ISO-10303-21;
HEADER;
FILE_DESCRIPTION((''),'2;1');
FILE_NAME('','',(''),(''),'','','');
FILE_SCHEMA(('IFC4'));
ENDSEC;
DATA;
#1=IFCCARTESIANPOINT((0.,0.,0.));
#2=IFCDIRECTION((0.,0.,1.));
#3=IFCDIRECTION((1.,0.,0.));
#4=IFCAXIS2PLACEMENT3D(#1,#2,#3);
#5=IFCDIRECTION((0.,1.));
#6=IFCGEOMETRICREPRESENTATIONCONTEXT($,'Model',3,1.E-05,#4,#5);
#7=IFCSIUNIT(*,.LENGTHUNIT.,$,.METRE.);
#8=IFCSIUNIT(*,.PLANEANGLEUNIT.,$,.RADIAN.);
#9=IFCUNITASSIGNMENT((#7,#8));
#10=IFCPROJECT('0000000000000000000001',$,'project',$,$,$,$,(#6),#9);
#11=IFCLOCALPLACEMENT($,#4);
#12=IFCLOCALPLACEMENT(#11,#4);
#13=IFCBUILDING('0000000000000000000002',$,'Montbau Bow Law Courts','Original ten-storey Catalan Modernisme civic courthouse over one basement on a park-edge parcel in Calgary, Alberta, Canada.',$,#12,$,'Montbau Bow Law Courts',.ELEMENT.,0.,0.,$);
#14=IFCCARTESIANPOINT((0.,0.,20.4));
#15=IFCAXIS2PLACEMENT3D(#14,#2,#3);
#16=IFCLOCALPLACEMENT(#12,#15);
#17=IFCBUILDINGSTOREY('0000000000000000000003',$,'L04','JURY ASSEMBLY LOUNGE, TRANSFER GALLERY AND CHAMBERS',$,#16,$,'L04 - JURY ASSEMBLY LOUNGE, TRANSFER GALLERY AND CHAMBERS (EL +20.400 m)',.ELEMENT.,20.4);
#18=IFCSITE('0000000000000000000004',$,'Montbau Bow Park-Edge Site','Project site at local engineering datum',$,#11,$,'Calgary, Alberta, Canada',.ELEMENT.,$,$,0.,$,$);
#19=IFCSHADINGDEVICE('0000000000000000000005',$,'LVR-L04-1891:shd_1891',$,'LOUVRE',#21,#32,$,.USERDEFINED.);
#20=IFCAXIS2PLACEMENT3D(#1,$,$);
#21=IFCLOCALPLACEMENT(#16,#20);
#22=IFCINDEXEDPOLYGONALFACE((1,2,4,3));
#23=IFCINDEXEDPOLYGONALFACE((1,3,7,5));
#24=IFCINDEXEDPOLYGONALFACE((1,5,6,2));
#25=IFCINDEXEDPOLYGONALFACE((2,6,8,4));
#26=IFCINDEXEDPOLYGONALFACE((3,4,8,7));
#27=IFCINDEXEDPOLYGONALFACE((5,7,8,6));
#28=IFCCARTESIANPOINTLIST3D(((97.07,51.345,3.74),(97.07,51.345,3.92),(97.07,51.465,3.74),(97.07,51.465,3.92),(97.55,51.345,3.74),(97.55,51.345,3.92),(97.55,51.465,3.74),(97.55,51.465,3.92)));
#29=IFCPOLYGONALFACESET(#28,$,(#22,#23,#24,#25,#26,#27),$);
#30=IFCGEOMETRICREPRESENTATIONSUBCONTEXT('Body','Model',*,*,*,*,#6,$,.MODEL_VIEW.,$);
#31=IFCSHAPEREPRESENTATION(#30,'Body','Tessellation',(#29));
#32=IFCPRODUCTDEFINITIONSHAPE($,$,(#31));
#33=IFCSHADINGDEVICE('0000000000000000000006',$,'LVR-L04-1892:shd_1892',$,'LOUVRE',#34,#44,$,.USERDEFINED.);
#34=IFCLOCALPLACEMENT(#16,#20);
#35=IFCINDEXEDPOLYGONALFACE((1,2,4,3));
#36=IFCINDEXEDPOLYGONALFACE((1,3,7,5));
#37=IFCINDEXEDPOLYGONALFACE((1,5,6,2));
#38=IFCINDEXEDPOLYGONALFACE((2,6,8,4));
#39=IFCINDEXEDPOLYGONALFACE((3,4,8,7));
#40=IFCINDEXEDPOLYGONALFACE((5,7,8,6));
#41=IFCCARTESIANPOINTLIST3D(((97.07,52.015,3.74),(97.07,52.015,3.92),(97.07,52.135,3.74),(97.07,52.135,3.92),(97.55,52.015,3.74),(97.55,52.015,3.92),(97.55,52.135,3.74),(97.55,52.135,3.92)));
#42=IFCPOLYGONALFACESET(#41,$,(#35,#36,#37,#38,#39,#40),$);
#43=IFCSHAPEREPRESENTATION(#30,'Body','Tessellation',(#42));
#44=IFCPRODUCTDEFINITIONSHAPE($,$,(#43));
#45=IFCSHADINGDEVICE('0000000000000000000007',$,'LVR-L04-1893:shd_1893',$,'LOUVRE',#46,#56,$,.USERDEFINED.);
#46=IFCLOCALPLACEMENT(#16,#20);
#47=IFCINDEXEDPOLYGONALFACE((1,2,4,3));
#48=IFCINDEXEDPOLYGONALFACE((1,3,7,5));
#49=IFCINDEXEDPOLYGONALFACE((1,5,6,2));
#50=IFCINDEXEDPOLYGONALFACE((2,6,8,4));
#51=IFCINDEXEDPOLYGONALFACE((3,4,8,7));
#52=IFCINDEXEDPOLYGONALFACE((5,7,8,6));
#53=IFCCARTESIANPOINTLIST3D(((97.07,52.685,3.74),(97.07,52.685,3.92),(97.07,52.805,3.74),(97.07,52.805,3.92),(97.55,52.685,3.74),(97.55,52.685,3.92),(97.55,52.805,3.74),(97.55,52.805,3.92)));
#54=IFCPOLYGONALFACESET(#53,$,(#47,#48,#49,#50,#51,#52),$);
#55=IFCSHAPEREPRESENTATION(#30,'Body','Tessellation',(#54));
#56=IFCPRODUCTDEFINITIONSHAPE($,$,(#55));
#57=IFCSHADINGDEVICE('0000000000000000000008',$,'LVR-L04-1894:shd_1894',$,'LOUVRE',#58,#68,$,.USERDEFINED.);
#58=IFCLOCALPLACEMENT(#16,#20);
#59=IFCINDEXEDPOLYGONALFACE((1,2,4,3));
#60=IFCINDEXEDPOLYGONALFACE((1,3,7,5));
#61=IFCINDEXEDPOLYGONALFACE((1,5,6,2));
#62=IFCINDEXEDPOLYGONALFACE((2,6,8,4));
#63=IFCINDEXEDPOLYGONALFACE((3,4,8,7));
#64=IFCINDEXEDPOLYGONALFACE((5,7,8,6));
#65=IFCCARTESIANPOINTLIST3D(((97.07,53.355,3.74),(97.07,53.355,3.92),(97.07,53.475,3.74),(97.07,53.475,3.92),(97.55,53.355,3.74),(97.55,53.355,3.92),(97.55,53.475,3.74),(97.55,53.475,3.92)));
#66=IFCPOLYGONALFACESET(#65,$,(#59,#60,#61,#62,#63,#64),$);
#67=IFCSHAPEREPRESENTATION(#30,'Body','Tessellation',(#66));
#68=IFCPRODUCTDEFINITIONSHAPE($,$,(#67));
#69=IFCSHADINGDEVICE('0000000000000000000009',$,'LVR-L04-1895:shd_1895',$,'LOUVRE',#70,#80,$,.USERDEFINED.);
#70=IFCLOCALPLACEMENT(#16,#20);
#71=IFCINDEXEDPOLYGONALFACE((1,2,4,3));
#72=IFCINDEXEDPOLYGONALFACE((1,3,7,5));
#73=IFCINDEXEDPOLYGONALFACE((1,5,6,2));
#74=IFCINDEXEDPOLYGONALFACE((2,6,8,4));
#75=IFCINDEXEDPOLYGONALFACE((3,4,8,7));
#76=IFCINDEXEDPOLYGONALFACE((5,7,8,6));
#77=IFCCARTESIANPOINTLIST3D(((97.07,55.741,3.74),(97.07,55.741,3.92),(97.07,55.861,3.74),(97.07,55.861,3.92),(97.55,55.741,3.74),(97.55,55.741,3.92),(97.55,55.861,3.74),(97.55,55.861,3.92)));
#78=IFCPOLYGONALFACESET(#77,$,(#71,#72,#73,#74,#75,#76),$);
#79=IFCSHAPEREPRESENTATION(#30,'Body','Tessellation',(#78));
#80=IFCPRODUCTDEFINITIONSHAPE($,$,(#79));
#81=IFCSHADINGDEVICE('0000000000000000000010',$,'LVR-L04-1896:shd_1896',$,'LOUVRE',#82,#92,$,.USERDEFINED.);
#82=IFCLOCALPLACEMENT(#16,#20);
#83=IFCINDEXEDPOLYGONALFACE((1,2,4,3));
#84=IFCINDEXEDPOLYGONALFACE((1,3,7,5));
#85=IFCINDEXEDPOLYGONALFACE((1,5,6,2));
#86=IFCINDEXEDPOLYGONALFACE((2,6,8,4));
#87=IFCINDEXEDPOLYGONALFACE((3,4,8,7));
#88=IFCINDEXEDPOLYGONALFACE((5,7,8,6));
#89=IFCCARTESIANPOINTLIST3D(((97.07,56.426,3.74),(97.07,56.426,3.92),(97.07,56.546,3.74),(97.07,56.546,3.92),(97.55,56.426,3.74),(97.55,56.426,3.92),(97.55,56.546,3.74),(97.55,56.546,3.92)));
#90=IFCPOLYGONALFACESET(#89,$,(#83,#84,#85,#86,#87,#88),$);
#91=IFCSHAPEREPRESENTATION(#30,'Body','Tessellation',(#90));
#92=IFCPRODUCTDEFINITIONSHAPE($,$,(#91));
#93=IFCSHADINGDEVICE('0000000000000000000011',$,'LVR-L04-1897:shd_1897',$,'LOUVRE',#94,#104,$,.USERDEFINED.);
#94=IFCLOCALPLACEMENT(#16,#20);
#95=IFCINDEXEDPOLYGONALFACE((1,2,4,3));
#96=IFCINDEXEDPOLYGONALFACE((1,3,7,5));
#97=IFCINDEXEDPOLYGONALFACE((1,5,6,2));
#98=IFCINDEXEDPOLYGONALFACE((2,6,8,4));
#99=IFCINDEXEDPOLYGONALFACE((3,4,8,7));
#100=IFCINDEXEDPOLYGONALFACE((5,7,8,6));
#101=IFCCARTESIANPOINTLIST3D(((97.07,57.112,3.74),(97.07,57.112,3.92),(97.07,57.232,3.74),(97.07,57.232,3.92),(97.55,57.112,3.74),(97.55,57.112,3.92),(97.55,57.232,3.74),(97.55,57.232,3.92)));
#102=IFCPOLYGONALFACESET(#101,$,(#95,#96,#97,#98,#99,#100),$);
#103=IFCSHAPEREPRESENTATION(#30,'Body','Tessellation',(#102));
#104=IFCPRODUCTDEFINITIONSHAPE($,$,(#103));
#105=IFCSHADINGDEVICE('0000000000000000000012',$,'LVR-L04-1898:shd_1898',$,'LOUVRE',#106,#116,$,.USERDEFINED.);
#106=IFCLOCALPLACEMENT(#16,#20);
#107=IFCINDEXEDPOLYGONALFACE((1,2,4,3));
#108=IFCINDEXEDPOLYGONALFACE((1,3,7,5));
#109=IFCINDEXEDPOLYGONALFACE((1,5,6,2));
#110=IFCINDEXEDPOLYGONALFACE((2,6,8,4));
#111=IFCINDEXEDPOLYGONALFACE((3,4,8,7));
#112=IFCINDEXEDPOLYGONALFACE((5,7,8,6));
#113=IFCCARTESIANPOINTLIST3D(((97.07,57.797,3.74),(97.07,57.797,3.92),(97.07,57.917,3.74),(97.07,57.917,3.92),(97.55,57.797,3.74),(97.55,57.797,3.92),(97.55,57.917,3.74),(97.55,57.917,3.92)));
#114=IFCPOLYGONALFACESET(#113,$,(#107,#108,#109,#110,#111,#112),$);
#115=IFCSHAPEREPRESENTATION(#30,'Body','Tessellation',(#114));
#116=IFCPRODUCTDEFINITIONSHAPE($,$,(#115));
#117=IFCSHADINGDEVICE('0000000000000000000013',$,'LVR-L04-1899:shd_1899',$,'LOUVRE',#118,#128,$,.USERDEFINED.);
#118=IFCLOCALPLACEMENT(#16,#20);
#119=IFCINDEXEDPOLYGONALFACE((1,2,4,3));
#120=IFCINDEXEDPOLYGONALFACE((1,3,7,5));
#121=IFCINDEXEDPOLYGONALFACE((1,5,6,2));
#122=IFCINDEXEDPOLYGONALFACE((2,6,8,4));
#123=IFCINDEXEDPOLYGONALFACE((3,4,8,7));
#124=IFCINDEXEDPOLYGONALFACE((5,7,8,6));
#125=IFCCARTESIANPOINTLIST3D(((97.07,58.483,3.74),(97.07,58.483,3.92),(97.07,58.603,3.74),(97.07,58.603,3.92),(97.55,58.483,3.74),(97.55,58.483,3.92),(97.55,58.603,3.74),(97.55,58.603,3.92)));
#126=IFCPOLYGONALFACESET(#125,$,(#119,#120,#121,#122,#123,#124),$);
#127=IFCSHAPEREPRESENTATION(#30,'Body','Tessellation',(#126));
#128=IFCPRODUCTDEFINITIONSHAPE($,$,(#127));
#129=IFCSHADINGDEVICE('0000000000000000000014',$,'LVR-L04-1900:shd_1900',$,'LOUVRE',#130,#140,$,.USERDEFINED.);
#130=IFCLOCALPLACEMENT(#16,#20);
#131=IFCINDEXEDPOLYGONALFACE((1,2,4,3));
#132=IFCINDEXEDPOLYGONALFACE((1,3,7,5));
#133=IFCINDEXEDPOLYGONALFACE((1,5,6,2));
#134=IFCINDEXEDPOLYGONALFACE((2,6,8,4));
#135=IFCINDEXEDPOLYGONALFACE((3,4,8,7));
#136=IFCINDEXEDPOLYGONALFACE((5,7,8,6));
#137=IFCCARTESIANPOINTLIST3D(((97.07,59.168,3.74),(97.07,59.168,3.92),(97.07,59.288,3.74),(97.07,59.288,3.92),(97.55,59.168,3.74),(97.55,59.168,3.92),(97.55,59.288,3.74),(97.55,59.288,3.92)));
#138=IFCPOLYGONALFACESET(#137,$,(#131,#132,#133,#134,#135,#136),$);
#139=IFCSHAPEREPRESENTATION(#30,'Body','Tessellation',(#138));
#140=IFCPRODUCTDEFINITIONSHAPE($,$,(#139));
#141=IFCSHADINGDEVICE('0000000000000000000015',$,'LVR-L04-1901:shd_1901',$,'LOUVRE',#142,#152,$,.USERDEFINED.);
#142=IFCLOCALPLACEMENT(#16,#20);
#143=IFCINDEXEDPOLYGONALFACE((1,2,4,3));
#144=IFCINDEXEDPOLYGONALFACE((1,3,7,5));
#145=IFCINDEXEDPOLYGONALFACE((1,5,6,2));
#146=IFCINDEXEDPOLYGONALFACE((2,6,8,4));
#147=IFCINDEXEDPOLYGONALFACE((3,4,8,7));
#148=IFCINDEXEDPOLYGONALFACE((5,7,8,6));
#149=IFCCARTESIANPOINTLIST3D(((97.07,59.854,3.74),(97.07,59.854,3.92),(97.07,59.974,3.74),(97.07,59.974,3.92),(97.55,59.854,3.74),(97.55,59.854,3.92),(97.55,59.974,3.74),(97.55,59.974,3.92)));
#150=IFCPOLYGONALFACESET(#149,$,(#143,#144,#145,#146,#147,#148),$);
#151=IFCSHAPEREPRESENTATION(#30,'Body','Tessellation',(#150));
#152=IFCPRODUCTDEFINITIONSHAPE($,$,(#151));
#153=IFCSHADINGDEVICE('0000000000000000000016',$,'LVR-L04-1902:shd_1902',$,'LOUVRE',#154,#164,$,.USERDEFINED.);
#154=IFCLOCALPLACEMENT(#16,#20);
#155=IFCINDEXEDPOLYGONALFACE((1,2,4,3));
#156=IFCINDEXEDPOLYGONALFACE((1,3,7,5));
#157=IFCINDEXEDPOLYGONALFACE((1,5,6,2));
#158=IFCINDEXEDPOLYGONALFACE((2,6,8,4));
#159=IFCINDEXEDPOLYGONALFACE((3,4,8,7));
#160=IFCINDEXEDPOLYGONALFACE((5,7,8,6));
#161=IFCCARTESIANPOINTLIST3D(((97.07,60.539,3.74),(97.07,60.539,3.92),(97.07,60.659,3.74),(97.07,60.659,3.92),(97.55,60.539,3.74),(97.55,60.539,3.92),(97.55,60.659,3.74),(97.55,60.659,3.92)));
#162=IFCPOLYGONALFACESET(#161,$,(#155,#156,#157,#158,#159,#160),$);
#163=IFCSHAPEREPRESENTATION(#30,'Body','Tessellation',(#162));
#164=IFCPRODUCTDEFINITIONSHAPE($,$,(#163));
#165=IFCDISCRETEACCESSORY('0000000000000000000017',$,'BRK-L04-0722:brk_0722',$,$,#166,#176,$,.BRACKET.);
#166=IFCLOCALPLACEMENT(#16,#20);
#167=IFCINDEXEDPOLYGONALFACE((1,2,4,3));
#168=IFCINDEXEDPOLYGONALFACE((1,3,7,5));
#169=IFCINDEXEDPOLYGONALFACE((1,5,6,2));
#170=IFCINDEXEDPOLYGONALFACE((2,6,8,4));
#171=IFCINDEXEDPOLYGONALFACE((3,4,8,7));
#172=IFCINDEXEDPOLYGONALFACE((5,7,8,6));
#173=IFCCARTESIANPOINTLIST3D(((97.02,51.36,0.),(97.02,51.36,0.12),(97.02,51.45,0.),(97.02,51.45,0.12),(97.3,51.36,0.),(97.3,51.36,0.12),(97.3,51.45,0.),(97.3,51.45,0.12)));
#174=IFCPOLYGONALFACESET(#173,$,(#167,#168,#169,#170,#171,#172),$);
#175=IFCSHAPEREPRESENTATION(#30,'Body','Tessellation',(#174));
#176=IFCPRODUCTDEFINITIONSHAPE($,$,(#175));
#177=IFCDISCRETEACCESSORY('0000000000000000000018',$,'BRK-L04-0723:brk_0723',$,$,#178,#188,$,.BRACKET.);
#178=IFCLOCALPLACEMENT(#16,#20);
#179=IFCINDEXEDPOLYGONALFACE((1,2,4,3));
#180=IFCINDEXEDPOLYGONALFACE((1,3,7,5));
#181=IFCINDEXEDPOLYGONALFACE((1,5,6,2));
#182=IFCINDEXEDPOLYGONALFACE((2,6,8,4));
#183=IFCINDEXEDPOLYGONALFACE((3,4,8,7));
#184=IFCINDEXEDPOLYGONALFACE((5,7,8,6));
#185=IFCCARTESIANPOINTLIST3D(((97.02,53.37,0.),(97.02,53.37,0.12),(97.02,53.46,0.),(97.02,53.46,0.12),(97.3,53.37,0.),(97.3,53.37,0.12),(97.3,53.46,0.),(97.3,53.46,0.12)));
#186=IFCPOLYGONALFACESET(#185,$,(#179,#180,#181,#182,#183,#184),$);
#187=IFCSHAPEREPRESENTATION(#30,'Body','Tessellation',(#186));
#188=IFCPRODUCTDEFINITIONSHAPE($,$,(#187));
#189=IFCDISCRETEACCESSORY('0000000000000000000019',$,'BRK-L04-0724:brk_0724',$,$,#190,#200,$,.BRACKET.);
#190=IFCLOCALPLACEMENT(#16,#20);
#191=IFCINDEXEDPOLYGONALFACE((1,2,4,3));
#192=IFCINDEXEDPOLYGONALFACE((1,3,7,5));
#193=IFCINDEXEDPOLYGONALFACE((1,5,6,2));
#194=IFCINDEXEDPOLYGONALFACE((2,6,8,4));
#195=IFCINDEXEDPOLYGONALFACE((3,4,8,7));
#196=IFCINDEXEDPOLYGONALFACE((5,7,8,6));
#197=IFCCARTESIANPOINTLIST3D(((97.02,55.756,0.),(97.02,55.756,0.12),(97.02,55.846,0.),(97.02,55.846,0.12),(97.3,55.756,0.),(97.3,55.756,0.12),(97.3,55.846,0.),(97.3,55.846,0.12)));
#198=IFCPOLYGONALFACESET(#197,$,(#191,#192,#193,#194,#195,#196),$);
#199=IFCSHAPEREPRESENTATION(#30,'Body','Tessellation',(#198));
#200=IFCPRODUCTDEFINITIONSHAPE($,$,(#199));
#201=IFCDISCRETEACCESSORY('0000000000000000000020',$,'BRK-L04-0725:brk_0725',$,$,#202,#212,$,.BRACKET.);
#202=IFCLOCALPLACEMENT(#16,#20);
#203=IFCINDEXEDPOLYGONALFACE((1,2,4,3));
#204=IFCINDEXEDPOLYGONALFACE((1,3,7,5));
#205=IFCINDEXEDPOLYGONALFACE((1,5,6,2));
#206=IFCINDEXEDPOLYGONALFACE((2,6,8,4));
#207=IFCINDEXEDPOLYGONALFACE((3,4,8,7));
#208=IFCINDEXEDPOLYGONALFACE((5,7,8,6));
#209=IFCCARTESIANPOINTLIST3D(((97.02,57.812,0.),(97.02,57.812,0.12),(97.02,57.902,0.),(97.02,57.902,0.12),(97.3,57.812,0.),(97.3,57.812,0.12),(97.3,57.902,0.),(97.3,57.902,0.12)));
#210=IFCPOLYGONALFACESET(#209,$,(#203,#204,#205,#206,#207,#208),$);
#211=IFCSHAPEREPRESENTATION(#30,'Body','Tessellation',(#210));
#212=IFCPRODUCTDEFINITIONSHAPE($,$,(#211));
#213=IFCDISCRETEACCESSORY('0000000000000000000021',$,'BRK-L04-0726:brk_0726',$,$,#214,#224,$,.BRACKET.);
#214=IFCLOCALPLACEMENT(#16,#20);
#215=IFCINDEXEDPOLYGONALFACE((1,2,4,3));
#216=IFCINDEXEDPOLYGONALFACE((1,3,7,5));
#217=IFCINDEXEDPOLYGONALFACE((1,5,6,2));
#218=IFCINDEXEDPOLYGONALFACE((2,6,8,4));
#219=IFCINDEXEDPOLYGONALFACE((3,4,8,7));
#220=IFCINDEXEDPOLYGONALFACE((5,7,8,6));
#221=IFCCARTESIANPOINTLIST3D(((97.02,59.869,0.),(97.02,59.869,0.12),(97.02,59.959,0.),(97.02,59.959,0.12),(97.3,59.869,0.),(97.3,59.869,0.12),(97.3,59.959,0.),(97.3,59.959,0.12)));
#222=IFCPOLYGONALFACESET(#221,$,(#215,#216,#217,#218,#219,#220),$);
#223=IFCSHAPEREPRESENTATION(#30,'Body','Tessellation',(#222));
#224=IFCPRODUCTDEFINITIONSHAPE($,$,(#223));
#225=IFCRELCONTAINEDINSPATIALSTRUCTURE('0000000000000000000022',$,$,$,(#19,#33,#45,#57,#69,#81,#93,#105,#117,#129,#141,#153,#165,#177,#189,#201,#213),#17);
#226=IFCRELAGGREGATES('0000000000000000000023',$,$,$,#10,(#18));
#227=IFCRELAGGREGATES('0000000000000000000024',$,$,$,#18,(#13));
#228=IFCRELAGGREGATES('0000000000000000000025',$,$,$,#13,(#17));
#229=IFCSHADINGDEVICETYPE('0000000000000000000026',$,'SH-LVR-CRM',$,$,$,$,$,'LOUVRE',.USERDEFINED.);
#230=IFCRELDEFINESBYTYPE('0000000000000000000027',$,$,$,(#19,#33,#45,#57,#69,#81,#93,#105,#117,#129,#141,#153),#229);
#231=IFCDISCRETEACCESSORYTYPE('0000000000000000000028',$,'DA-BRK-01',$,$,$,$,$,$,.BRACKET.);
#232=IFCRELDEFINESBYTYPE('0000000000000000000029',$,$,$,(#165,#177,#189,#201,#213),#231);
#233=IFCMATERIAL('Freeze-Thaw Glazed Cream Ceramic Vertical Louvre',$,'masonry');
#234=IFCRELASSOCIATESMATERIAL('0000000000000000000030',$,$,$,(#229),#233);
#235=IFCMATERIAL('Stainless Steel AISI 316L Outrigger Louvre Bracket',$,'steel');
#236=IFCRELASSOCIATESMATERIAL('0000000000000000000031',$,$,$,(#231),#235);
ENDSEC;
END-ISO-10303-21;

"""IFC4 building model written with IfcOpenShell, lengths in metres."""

from ifc_helpers import new_model, si_unit, direction, frame, origin_with_axes, origin_2d_with_axis, place, context, subcontext, project, spatial, rectangle, extrude, material, type_object, element, save


model = new_model("IFC4")

# Units and contexts
model_context = context("Model", 3, precision=1e-05, world=origin_with_axes(), true_north=direction((0.0, 1.0)))
body_context = subcontext(model_context, "Body", "Model", "MODEL_VIEW")
ifc_project = project(units=[si_unit("LENGTHUNIT", "METRE"), si_unit("PLANEANGLEUNIT", "RADIAN")], contexts=[model_context])

# Site, building, storey
site_placement = place(None, origin_with_axes())
site = spatial("IfcSite", under=ifc_project, at=site_placement, Name="Montbau Bow Park-Edge Site", Description="Project site at local engineering datum", LongName="Calgary, Alberta, Canada", CompositionType="ELEMENT", RefElevation=0.0)
building_placement = place(site_placement, origin_with_axes())
building = spatial("IfcBuilding", under=site, at=building_placement, Name="Montbau Bow Law Courts", Description="Original ten-storey Catalan Modernisme civic courthouse over one basement on a park-edge parcel in Calgary, Alberta, Canada.", LongName="Montbau Bow Law Courts", CompositionType="ELEMENT", ElevationOfRefHeight=0.0, ElevationOfTerrain=0.0)
storey_placement = place(building_placement, frame((0.0, 0.0, 20.4), z_axis=(0.0, 0.0, 1.0), x_axis=(1.0, 0.0, 0.0)))
storey = spatial("IfcBuildingStorey", under=building, at=storey_placement, Name="L04", Description="JURY ASSEMBLY LOUNGE, TRANSFER GALLERY AND CHAMBERS", LongName="L04 - JURY ASSEMBLY LOUNGE, TRANSFER GALLERY AND CHAMBERS (EL +20.400 m)", CompositionType="ELEMENT", Elevation=20.4)

# Shading devices
ifc_material_1 = material(Name="Freeze-Thaw Glazed Cream Ceramic Vertical Louvre", Category="masonry")
shading_device_type = type_object("IfcShadingDeviceType", Name="SH-LVR-CRM", ElementType="LOUVRE", PredefinedType="USERDEFINED", material=ifc_material_1)
for number, where, z_axis, x_axis, name in (
    (1, (97.31, 51.405, 24.14), (0.0, 0.0, 1.0), (1.0, 0.0, 0.0), "LVR-L04-1891:shd_1891"),
    (2, (97.31, 52.075, 24.14), (0.0, 0.0, 1.0), (1.0, 0.0, 0.0), "LVR-L04-1892:shd_1892"),
    (3, (97.31, 52.745, 24.14), (0.0, 0.0, 1.0), (1.0, 0.0, 0.0), "LVR-L04-1893:shd_1893"),
    (4, (97.31, 53.415, 24.14), (0.0, 0.0, 1.0), (1.0, 0.0, 0.0), "LVR-L04-1894:shd_1894"),
    (5, (97.31, 55.801, 24.14), (0.0, 0.0, 1.0), (1.0, 0.0, 0.0), "LVR-L04-1895:shd_1895"),
    (6, (97.31, 56.486, 24.14), (0.0, 0.0, 1.0), (1.0, 0.0, 0.0), "LVR-L04-1896:shd_1896"),
    (7, (97.31, 57.172, 24.14), (0.0, 0.0, 1.0), (1.0, 0.0, 0.0), "LVR-L04-1897:shd_1897"),
    (8, (97.31, 57.857, 24.14), (0.0, 0.0, 1.0), (1.0, 0.0, 0.0), "LVR-L04-1898:shd_1898"),
    (9, (97.31, 58.543, 24.14), (0.0, 0.0, 1.0), (1.0, 0.0, 0.0), "LVR-L04-1899:shd_1899"),
    (10, (97.31, 59.228, 24.14), (0.0, 0.0, 1.0), (1.0, 0.0, 0.0), "LVR-L04-1900:shd_1900"),
    (11, (97.31, 59.914, 24.14), (0.0, 0.0, 1.0), (1.0, 0.0, 0.0), "LVR-L04-1901:shd_1901"),
    (12, (97.31, 60.599, 24.14), (0.0, 0.0, 1.0), (1.0, 0.0, 0.0), "LVR-L04-1902:shd_1902"),
):
    element("IfcShadingDevice", number, at=place(None, frame(where, z_axis=z_axis, x_axis=x_axis)), inside=storey, type_object=shading_device_type, Name=name, ObjectType="LOUVRE", PredefinedType="USERDEFINED", context=body_context, shape_type="SweptSolid", body=[
        extrude(rectangle(XDim=0.48, YDim=0.12, at=origin_2d_with_axis()), origin_with_axes(), (0.0, 0.0, 1.0), 0.18),
    ])

# Discrete accessories
ifc_material_2 = material(Name="Stainless Steel AISI 316L Outrigger Louvre Bracket", Category="steel")
discrete_accessory_type = type_object("IfcDiscreteAccessoryType", Name="DA-BRK-01", PredefinedType="BRACKET", material=ifc_material_2)
for number, where, z_axis, x_axis, name in (
    (13, (97.16, 51.405, 20.4), (0.0, 0.0, 1.0), (1.0, 0.0, 0.0), "BRK-L04-0722:brk_0722"),
    (14, (97.16, 53.415, 20.4), (0.0, 0.0, 1.0), (1.0, 0.0, 0.0), "BRK-L04-0723:brk_0723"),
    (15, (97.16, 55.801, 20.4), (0.0, 0.0, 1.0), (1.0, 0.0, 0.0), "BRK-L04-0724:brk_0724"),
    (16, (97.16, 57.857, 20.4), (0.0, 0.0, 1.0), (1.0, 0.0, 0.0), "BRK-L04-0725:brk_0725"),
    (17, (97.16, 59.914, 20.4), (0.0, 0.0, 1.0), (1.0, 0.0, 0.0), "BRK-L04-0726:brk_0726"),
):
    element("IfcDiscreteAccessory", number, at=place(None, frame(where, z_axis=z_axis, x_axis=x_axis)), inside=storey, type_object=discrete_accessory_type, Name=name, PredefinedType="BRACKET", context=body_context, shape_type="SweptSolid", body=[
        extrude(rectangle(XDim=0.28, YDim=0.09, at=origin_2d_with_axis()), origin_with_axes(), (0.0, 0.0, 1.0), 0.12),
    ])

save(model, "model.ifc")
